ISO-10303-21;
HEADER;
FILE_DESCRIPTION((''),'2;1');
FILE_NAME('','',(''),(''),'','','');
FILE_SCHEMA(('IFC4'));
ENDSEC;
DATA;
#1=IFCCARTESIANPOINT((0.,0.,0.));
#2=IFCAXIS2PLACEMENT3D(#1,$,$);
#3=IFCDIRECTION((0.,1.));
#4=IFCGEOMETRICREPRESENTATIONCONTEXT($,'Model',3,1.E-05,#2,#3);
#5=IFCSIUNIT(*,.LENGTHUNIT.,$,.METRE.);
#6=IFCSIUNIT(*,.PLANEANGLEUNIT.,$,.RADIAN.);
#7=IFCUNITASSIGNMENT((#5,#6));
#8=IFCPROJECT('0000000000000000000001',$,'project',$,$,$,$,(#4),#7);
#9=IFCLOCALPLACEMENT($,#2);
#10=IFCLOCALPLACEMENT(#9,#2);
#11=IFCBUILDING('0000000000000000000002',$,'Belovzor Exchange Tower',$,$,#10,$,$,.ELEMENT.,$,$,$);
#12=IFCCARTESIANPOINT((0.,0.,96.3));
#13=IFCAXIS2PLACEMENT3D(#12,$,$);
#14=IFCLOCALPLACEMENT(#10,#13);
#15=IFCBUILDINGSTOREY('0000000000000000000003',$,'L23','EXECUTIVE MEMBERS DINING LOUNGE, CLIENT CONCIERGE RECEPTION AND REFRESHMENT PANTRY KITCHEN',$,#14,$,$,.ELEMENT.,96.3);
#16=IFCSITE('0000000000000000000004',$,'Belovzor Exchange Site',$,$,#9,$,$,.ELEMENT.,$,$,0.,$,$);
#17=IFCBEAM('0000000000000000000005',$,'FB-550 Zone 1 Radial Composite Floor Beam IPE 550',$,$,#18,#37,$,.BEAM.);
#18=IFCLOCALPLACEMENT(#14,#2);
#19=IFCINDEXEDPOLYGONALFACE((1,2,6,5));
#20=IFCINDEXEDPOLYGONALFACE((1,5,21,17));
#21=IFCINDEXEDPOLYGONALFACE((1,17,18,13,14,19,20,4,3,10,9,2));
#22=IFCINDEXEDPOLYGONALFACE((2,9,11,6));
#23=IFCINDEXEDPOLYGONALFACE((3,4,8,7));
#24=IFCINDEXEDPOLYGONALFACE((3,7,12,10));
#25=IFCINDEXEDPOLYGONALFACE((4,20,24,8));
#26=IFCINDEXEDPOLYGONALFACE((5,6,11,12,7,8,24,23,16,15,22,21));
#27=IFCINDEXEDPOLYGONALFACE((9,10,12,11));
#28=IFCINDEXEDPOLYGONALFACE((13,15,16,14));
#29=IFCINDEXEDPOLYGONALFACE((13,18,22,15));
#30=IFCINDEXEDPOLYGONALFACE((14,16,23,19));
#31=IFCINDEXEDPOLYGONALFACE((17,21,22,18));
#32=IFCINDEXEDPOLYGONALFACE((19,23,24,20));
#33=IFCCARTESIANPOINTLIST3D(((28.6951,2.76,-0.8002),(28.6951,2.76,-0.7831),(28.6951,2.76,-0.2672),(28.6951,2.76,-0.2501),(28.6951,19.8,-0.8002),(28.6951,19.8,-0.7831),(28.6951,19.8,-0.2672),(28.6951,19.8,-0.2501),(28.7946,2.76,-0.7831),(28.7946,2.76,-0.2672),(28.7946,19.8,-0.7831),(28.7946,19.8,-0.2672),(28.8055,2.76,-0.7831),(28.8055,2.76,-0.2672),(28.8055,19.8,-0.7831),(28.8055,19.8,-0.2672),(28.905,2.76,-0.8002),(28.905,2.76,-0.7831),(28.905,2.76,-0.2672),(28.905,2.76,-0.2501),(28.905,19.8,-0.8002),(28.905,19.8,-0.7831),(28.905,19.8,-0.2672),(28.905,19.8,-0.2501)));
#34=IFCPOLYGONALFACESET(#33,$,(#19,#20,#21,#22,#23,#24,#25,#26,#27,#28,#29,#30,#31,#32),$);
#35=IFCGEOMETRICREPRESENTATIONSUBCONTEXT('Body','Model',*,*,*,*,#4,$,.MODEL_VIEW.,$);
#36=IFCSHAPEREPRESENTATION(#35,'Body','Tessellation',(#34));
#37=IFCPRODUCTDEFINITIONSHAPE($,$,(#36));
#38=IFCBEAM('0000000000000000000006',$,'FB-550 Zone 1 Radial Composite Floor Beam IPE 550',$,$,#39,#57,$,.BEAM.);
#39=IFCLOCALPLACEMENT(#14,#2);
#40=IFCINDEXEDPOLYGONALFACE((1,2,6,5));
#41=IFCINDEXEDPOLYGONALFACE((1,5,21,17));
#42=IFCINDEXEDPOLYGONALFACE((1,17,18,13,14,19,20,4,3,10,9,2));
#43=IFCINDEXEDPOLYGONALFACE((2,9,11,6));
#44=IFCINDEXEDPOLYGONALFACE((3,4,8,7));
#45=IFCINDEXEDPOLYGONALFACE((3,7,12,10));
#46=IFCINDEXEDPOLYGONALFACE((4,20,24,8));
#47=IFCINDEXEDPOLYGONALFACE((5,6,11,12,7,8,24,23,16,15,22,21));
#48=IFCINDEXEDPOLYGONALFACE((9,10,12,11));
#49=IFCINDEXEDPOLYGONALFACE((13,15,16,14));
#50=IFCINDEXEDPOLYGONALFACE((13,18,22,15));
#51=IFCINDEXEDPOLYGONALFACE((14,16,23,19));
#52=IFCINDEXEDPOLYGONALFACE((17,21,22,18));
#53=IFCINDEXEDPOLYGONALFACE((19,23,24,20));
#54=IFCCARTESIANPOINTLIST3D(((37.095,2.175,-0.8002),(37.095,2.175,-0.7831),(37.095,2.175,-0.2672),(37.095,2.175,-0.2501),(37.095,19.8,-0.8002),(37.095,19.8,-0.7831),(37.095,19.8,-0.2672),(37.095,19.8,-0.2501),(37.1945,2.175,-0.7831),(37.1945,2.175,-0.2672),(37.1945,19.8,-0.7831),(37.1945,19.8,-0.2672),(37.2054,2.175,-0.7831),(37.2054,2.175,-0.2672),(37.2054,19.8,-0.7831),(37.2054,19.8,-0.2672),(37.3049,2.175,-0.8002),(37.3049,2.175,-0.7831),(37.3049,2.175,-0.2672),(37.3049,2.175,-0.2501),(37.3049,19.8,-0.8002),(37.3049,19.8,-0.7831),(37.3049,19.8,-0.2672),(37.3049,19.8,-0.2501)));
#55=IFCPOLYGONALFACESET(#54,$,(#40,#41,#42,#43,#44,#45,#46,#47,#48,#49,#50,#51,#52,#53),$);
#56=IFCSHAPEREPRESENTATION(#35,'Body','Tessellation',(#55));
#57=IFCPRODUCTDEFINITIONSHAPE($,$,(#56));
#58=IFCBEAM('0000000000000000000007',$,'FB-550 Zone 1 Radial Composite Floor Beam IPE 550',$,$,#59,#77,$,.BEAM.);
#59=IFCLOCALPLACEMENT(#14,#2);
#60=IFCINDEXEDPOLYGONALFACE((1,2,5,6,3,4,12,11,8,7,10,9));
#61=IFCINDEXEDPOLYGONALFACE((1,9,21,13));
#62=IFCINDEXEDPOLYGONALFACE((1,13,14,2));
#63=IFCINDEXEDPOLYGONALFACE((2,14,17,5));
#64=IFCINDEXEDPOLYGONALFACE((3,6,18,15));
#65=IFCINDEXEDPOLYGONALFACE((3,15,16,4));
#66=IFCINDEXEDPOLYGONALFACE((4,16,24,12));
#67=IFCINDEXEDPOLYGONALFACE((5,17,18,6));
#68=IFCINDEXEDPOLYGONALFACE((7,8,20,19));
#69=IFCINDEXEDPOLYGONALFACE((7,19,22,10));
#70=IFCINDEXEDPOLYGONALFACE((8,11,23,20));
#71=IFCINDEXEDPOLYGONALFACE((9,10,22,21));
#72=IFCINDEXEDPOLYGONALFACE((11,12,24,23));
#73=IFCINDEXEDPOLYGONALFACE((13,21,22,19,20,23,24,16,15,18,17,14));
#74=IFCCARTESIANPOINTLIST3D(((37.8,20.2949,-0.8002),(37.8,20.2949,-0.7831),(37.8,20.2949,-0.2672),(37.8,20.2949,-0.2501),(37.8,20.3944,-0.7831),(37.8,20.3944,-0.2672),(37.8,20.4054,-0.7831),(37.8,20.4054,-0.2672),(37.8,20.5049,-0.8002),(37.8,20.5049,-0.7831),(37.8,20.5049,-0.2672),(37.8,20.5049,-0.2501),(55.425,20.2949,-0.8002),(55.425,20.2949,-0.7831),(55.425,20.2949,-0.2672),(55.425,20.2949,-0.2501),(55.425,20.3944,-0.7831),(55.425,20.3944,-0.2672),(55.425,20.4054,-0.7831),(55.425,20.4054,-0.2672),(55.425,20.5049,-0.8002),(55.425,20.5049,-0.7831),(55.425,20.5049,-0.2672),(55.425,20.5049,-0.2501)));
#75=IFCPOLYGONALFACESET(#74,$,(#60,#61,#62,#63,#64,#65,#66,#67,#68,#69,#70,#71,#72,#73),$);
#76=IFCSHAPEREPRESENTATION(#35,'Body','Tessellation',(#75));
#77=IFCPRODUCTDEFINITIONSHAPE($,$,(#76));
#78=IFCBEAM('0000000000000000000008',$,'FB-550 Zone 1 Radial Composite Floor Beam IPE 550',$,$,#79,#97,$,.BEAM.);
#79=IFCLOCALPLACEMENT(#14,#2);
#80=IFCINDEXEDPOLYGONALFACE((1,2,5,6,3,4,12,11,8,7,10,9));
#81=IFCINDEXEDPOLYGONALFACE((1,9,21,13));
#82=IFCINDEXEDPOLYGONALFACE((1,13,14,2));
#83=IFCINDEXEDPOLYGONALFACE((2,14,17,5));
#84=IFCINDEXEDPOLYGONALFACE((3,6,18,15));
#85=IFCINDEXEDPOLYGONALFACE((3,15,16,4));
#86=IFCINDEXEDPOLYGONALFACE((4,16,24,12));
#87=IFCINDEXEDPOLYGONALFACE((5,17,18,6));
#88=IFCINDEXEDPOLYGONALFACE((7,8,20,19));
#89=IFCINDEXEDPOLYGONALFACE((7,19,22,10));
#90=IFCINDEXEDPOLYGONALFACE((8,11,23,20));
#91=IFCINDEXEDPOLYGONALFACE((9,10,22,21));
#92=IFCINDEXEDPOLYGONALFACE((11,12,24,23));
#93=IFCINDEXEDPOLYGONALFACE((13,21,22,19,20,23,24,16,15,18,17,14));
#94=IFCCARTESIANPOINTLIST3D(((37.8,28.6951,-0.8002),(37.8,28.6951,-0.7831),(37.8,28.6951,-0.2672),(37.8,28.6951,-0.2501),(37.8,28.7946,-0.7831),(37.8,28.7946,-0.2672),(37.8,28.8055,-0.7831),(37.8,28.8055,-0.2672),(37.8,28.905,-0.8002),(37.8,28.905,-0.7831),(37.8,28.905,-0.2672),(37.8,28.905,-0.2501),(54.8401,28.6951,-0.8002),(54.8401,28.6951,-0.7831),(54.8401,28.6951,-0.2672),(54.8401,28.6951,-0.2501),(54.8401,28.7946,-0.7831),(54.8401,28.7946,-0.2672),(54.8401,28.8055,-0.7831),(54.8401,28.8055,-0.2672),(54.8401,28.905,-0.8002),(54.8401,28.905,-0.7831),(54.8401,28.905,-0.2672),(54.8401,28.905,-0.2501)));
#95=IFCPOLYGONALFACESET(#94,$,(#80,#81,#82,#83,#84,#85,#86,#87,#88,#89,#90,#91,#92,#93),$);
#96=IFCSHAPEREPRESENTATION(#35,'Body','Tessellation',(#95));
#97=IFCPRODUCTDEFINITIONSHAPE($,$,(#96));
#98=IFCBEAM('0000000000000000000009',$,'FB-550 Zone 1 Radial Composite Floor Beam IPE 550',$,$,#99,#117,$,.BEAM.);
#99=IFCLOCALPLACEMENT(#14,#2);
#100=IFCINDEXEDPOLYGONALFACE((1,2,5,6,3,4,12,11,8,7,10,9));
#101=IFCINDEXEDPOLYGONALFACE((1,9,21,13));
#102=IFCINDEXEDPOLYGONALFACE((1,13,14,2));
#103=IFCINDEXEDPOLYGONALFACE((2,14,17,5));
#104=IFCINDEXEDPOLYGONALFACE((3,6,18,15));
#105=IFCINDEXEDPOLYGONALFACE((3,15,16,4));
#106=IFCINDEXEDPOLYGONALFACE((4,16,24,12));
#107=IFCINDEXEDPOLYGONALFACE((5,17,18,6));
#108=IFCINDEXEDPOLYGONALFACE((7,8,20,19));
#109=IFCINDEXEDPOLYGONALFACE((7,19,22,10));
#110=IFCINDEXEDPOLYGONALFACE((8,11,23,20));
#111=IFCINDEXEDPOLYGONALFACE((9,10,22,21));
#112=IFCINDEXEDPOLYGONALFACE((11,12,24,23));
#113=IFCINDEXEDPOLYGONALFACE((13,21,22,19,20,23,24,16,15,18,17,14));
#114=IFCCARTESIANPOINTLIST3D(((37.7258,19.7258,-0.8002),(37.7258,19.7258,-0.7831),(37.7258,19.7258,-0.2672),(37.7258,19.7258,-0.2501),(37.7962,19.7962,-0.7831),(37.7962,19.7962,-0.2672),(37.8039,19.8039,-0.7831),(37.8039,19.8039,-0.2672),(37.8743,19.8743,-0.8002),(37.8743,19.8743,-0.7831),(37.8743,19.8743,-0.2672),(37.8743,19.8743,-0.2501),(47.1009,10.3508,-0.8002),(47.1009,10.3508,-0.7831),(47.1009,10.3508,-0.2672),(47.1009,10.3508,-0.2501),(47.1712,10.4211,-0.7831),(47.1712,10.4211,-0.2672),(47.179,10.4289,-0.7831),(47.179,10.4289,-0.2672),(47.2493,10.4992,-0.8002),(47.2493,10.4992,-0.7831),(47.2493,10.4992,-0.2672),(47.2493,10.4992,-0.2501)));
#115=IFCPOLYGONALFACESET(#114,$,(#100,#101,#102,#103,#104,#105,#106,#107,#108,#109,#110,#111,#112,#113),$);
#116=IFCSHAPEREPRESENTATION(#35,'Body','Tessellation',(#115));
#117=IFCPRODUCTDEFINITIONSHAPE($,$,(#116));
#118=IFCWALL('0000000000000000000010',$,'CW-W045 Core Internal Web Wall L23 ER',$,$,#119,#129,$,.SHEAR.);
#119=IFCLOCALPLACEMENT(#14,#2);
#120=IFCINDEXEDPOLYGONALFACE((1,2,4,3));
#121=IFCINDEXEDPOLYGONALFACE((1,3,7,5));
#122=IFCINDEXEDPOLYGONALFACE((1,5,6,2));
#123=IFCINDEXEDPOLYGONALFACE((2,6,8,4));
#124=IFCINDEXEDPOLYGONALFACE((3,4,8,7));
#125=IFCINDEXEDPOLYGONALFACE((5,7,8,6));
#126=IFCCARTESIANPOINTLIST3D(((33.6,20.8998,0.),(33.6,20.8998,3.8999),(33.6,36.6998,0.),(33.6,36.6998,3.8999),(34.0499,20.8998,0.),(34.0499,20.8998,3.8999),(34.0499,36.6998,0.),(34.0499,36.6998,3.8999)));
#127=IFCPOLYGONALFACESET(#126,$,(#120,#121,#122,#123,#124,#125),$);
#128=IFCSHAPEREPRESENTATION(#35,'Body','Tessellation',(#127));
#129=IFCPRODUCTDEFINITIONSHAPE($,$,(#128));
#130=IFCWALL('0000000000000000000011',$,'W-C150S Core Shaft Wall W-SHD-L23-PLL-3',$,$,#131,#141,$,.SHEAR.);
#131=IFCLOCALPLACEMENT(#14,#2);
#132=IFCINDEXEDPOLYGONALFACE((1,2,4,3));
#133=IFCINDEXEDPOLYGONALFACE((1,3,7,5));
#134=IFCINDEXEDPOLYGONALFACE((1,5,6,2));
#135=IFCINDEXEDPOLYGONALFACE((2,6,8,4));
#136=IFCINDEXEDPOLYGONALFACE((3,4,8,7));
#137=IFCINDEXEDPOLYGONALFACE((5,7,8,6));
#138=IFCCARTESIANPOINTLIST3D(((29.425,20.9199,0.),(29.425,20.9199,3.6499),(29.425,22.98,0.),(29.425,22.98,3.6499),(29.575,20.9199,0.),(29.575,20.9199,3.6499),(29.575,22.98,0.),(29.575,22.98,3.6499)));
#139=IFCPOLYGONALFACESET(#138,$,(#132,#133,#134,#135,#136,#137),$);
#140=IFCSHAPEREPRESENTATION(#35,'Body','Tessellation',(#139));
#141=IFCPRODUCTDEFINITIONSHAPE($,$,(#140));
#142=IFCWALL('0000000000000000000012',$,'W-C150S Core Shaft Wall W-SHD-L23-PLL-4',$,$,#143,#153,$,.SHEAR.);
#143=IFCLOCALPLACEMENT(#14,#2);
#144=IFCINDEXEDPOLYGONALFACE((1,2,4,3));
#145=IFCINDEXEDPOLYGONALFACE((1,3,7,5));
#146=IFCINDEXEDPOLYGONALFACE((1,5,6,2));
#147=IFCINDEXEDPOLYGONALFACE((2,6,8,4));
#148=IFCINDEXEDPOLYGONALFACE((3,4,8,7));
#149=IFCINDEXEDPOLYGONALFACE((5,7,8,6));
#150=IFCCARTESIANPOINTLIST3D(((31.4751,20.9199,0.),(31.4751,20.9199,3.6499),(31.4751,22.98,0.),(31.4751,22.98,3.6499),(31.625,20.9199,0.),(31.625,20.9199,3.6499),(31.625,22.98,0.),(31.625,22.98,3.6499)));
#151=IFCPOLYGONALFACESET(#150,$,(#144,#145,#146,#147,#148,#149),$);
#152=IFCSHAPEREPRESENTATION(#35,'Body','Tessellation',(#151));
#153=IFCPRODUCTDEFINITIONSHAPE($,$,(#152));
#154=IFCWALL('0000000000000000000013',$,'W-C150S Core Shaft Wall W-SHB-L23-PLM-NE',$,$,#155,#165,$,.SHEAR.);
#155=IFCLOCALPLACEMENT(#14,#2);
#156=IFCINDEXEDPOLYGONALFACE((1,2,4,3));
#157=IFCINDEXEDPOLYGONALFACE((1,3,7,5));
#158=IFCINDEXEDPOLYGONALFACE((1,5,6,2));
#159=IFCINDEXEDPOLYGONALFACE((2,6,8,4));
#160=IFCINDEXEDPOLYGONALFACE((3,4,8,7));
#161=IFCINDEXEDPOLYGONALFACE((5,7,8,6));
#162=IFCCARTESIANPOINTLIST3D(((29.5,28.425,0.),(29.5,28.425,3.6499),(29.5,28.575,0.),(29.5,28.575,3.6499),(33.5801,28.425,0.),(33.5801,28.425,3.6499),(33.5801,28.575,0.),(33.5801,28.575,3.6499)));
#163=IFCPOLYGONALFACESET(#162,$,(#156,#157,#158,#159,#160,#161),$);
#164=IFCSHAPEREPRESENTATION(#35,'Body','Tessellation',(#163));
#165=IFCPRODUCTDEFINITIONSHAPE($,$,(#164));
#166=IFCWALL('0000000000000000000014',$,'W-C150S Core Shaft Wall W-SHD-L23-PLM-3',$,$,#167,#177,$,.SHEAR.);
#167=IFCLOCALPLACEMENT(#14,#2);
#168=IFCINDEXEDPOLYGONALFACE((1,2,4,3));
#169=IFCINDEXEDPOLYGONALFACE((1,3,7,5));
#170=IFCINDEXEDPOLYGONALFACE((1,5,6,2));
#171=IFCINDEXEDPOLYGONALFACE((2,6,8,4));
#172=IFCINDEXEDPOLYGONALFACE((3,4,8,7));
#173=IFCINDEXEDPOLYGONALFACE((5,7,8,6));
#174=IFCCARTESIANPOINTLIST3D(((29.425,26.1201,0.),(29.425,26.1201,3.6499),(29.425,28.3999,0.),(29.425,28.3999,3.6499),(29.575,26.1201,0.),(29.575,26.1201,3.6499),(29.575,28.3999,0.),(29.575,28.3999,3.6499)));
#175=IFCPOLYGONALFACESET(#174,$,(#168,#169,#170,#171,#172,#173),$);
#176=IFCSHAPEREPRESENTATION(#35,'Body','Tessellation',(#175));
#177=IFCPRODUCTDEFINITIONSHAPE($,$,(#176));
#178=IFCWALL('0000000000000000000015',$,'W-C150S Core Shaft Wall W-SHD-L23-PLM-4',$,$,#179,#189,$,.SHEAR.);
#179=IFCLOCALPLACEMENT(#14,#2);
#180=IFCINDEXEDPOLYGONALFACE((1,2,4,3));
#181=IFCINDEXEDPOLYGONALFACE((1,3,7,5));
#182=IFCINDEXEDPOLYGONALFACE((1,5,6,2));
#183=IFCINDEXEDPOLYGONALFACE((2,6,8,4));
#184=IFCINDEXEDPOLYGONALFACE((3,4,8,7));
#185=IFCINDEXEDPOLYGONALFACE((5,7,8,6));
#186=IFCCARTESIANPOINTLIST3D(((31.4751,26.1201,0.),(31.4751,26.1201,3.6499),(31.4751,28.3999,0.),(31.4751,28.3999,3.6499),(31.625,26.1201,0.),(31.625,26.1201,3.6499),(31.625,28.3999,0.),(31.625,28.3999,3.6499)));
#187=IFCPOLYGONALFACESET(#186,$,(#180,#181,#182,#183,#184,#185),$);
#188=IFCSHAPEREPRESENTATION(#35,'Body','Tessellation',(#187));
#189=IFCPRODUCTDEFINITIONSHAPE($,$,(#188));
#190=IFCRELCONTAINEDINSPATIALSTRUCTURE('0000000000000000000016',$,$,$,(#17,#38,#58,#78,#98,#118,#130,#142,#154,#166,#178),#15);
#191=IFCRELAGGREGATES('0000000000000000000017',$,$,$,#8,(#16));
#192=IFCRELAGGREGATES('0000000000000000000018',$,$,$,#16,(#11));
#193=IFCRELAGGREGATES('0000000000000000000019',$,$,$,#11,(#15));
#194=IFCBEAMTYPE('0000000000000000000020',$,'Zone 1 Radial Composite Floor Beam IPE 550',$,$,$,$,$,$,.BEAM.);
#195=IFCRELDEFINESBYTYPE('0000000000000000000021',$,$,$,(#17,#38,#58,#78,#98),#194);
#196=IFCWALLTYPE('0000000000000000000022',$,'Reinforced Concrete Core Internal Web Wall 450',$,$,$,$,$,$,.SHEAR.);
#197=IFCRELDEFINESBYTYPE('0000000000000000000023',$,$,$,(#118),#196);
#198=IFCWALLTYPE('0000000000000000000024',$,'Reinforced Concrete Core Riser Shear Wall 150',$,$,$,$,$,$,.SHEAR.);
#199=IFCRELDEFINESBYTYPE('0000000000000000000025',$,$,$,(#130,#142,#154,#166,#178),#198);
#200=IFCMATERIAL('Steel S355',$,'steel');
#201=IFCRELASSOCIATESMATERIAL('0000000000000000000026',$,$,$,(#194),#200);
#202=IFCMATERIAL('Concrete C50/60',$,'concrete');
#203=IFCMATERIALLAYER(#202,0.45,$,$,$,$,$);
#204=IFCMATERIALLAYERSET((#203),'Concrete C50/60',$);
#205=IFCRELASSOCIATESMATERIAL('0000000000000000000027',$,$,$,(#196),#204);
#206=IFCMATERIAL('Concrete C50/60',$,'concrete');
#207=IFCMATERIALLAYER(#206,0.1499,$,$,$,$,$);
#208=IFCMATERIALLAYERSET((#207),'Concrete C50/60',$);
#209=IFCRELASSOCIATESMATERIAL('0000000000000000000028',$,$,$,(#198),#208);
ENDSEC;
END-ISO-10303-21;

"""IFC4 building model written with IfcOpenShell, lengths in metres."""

from ifc_helpers import new_model, si_unit, direction, frame, frame_2d, origin, origin_2d, place, context, subcontext, project, spatial, rectangle, i_section, extrude, material, layer, layer_set, material_profile, profile_set, type_object, element, save


model = new_model("IFC4")

# Units and contexts
model_context = context("Model", 3, precision=1e-05, world=origin(), true_north=direction((0.0, 1.0)))
body_context = subcontext(model_context, "Body", "Model", "MODEL_VIEW")
ifc_project = project(units=[si_unit("LENGTHUNIT", "METRE"), si_unit("PLANEANGLEUNIT", "RADIAN")], contexts=[model_context])

# Site, building, storey
site_placement = place(None, origin())
site = spatial("IfcSite", under=ifc_project, at=site_placement, Name="Belovzor Exchange Site", CompositionType="ELEMENT", RefElevation=0.0)
building_placement = place(site_placement, origin())
building = spatial("IfcBuilding", under=site, at=building_placement, Name="Belovzor Exchange Tower", CompositionType="ELEMENT")
storey_placement = place(building_placement, frame((0.0, 0.0, 96.3)))
storey = spatial("IfcBuildingStorey", under=building, at=storey_placement, Name="L23", Description="EXECUTIVE MEMBERS DINING LOUNGE, CLIENT CONCIERGE RECEPTION AND REFRESHMENT PANTRY KITCHEN", CompositionType="ELEMENT", Elevation=96.3)

# Beams
ifc_material_1 = material(Name="Steel S355", Category="steel")
ifc_material_profile = material_profile(ifc_material_1, i_section(OverallWidth=0.21, OverallDepth=0.55, WebThickness=0.011, FlangeThickness=0.0171, at=origin_2d()))
ifc_profile_set = profile_set([ifc_material_profile], Name="Steel S355")
beam_type = type_object("IfcBeamType", Name="Zone 1 Radial Composite Floor Beam IPE 550", PredefinedType="BEAM", material=ifc_profile_set)
beam_1_placement = place(storey_placement, frame((28.8, 19.8, -0.5251), z_axis=(0.0, -1.0, 0.0), x_axis=(1.0, 0.0, 0.0)))
element("IfcBeam", 1, at=beam_1_placement, inside=storey, type_object=beam_type, Name="FB-550 Zone 1 Radial Composite Floor Beam IPE 550", PredefinedType="BEAM", context=body_context, shape_type="SweptSolid", body=[
    extrude(i_section(OverallWidth=0.21, OverallDepth=0.55, WebThickness=0.011, FlangeThickness=0.0171, at=origin_2d()), origin(), (0.0, 0.0, 1.0), 17.04),
])
for number, where, z_axis, x_axis, name in (
    (2, (37.2, 19.8, -0.5251), (0.0, -1.0, 0.0), (1.0, 0.0, 0.0), "FB-550 Zone 1 Radial Composite Floor Beam IPE 550"),
    (3, (37.8, 20.3999, -0.5251), (1.0, 0.0, 0.0), (0.0, 1.0, 0.0), "FB-550 Zone 1 Radial Composite Floor Beam IPE 550"),
):
    element("IfcBeam", number, at=place(storey_placement, frame(where, z_axis=z_axis, x_axis=x_axis)), inside=storey, type_object=beam_type, Name=name, PredefinedType="BEAM", context=body_context, shape_type="SweptSolid", body=[
        extrude(i_section(OverallWidth=0.21, OverallDepth=0.55, WebThickness=0.011, FlangeThickness=0.0171, at=origin_2d()), origin(), (0.0, 0.0, 1.0), 17.625),
    ])
beam_2_placement = place(storey_placement, frame((37.8, 28.8, -0.5251), z_axis=(1.0, 0.0, 0.0), x_axis=(0.0, 1.0, 0.0)))
element("IfcBeam", 4, at=beam_2_placement, inside=storey, type_object=beam_type, Name="FB-550 Zone 1 Radial Composite Floor Beam IPE 550", PredefinedType="BEAM", context=body_context, shape_type="SweptSolid", body=[
    extrude(i_section(OverallWidth=0.21, OverallDepth=0.55, WebThickness=0.011, FlangeThickness=0.0171, at=origin_2d()), origin(), (0.0, 0.0, 1.0), 17.04),
])
beam_3_placement = place(storey_placement, frame((37.8, 19.8, -0.5251), z_axis=(0.707107, -0.707107, 0.0), x_axis=(0.707107, 0.707107, 0.0)))
element("IfcBeam", 5, at=beam_3_placement, inside=storey, type_object=beam_type, Name="FB-550 Zone 1 Radial Composite Floor Beam IPE 550", PredefinedType="BEAM", context=body_context, shape_type="SweptSolid", body=[
    extrude(i_section(OverallWidth=0.21, OverallDepth=0.55, WebThickness=0.011, FlangeThickness=0.0171, at=origin_2d()), origin(), (0.0, 0.0, 1.0), 13.2583),
])

# Walls
ifc_material_2 = material(Name="Concrete C50/60", Category="concrete")
ifc_layer_1 = layer(ifc_material_2, 0.45)
ifc_layer_set_1 = layer_set([ifc_layer_1], Name="Concrete C50/60")
wall_type_1 = type_object("IfcWallType", Name="Reinforced Concrete Core Internal Web Wall 450", PredefinedType="SHEAR", material=ifc_layer_set_1)
wall_1_placement = place(storey_placement, frame((33.825, 20.8999, 0.0), z_axis=(0.0, 0.0, 1.0), x_axis=(0.0, 1.0, 0.0)))
element("IfcWall", 6, at=wall_1_placement, inside=storey, type_object=wall_type_1, Name="CW-W045 Core Internal Web Wall L23 ER", PredefinedType="SHEAR", context=body_context, shape_type="SweptSolid", body=[
    extrude(rectangle(XDim=15.8, YDim=0.45, at=frame_2d((7.8999, 0.0))), origin(), (0.0, 0.0, 1.0), 3.8999),
])
ifc_material_3 = material(Name="Concrete C50/60", Category="concrete")
ifc_layer_2 = layer(ifc_material_3, 0.1499)
ifc_layer_set_2 = layer_set([ifc_layer_2], Name="Concrete C50/60")
wall_type_2 = type_object("IfcWallType", Name="Reinforced Concrete Core Riser Shear Wall 150", PredefinedType="SHEAR", material=ifc_layer_set_2)
for number, where, z_axis, x_axis, name in (
    (7, (29.5, 20.9199, 0.0), (0.0, 0.0, 1.0), (0.0, 1.0, 0.0), "W-C150S Core Shaft Wall W-SHD-L23-PLL-3"),
    (8, (31.55, 20.9199, 0.0), (0.0, 0.0, 1.0), (0.0, 1.0, 0.0), "W-C150S Core Shaft Wall W-SHD-L23-PLL-4"),
):
    element("IfcWall", number, at=place(storey_placement, frame(where, z_axis=z_axis, x_axis=x_axis)), inside=storey, type_object=wall_type_2, Name=name, PredefinedType="SHEAR", context=body_context, shape_type="SweptSolid", body=[
        extrude(rectangle(XDim=2.0601, YDim=0.1499, at=frame_2d((1.03, 0.0))), origin(), (0.0, 0.0, 1.0), 3.6499),
    ])
wall_2_placement = place(storey_placement, frame((29.5, 28.5, 0.0), z_axis=(0.0, 0.0, 1.0), x_axis=(1.0, 0.0, 0.0)))
element("IfcWall", 9, at=wall_2_placement, inside=storey, type_object=wall_type_2, Name="W-C150S Core Shaft Wall W-SHB-L23-PLM-NE", PredefinedType="SHEAR", context=body_context, shape_type="SweptSolid", body=[
    extrude(rectangle(XDim=4.0801, YDim=0.1499, at=frame_2d((2.04, 0.0))), origin(), (0.0, 0.0, 1.0), 3.6499),
])
for number, where, z_axis, x_axis, name in (
    (10, (29.5, 26.1201, 0.0), (0.0, 0.0, 1.0), (0.0, 1.0, 0.0), "W-C150S Core Shaft Wall W-SHD-L23-PLM-3"),
    (11, (31.55, 26.1201, 0.0), (0.0, 0.0, 1.0), (0.0, 1.0, 0.0), "W-C150S Core Shaft Wall W-SHD-L23-PLM-4"),
):
    element("IfcWall", number, at=place(storey_placement, frame(where, z_axis=z_axis, x_axis=x_axis)), inside=storey, type_object=wall_type_2, Name=name, PredefinedType="SHEAR", context=body_context, shape_type="SweptSolid", body=[
        extrude(rectangle(XDim=2.2798, YDim=0.1499, at=frame_2d((1.1399, 0.0))), origin(), (0.0, 0.0, 1.0), 3.6499),
    ])

save(model, "model.ifc")
